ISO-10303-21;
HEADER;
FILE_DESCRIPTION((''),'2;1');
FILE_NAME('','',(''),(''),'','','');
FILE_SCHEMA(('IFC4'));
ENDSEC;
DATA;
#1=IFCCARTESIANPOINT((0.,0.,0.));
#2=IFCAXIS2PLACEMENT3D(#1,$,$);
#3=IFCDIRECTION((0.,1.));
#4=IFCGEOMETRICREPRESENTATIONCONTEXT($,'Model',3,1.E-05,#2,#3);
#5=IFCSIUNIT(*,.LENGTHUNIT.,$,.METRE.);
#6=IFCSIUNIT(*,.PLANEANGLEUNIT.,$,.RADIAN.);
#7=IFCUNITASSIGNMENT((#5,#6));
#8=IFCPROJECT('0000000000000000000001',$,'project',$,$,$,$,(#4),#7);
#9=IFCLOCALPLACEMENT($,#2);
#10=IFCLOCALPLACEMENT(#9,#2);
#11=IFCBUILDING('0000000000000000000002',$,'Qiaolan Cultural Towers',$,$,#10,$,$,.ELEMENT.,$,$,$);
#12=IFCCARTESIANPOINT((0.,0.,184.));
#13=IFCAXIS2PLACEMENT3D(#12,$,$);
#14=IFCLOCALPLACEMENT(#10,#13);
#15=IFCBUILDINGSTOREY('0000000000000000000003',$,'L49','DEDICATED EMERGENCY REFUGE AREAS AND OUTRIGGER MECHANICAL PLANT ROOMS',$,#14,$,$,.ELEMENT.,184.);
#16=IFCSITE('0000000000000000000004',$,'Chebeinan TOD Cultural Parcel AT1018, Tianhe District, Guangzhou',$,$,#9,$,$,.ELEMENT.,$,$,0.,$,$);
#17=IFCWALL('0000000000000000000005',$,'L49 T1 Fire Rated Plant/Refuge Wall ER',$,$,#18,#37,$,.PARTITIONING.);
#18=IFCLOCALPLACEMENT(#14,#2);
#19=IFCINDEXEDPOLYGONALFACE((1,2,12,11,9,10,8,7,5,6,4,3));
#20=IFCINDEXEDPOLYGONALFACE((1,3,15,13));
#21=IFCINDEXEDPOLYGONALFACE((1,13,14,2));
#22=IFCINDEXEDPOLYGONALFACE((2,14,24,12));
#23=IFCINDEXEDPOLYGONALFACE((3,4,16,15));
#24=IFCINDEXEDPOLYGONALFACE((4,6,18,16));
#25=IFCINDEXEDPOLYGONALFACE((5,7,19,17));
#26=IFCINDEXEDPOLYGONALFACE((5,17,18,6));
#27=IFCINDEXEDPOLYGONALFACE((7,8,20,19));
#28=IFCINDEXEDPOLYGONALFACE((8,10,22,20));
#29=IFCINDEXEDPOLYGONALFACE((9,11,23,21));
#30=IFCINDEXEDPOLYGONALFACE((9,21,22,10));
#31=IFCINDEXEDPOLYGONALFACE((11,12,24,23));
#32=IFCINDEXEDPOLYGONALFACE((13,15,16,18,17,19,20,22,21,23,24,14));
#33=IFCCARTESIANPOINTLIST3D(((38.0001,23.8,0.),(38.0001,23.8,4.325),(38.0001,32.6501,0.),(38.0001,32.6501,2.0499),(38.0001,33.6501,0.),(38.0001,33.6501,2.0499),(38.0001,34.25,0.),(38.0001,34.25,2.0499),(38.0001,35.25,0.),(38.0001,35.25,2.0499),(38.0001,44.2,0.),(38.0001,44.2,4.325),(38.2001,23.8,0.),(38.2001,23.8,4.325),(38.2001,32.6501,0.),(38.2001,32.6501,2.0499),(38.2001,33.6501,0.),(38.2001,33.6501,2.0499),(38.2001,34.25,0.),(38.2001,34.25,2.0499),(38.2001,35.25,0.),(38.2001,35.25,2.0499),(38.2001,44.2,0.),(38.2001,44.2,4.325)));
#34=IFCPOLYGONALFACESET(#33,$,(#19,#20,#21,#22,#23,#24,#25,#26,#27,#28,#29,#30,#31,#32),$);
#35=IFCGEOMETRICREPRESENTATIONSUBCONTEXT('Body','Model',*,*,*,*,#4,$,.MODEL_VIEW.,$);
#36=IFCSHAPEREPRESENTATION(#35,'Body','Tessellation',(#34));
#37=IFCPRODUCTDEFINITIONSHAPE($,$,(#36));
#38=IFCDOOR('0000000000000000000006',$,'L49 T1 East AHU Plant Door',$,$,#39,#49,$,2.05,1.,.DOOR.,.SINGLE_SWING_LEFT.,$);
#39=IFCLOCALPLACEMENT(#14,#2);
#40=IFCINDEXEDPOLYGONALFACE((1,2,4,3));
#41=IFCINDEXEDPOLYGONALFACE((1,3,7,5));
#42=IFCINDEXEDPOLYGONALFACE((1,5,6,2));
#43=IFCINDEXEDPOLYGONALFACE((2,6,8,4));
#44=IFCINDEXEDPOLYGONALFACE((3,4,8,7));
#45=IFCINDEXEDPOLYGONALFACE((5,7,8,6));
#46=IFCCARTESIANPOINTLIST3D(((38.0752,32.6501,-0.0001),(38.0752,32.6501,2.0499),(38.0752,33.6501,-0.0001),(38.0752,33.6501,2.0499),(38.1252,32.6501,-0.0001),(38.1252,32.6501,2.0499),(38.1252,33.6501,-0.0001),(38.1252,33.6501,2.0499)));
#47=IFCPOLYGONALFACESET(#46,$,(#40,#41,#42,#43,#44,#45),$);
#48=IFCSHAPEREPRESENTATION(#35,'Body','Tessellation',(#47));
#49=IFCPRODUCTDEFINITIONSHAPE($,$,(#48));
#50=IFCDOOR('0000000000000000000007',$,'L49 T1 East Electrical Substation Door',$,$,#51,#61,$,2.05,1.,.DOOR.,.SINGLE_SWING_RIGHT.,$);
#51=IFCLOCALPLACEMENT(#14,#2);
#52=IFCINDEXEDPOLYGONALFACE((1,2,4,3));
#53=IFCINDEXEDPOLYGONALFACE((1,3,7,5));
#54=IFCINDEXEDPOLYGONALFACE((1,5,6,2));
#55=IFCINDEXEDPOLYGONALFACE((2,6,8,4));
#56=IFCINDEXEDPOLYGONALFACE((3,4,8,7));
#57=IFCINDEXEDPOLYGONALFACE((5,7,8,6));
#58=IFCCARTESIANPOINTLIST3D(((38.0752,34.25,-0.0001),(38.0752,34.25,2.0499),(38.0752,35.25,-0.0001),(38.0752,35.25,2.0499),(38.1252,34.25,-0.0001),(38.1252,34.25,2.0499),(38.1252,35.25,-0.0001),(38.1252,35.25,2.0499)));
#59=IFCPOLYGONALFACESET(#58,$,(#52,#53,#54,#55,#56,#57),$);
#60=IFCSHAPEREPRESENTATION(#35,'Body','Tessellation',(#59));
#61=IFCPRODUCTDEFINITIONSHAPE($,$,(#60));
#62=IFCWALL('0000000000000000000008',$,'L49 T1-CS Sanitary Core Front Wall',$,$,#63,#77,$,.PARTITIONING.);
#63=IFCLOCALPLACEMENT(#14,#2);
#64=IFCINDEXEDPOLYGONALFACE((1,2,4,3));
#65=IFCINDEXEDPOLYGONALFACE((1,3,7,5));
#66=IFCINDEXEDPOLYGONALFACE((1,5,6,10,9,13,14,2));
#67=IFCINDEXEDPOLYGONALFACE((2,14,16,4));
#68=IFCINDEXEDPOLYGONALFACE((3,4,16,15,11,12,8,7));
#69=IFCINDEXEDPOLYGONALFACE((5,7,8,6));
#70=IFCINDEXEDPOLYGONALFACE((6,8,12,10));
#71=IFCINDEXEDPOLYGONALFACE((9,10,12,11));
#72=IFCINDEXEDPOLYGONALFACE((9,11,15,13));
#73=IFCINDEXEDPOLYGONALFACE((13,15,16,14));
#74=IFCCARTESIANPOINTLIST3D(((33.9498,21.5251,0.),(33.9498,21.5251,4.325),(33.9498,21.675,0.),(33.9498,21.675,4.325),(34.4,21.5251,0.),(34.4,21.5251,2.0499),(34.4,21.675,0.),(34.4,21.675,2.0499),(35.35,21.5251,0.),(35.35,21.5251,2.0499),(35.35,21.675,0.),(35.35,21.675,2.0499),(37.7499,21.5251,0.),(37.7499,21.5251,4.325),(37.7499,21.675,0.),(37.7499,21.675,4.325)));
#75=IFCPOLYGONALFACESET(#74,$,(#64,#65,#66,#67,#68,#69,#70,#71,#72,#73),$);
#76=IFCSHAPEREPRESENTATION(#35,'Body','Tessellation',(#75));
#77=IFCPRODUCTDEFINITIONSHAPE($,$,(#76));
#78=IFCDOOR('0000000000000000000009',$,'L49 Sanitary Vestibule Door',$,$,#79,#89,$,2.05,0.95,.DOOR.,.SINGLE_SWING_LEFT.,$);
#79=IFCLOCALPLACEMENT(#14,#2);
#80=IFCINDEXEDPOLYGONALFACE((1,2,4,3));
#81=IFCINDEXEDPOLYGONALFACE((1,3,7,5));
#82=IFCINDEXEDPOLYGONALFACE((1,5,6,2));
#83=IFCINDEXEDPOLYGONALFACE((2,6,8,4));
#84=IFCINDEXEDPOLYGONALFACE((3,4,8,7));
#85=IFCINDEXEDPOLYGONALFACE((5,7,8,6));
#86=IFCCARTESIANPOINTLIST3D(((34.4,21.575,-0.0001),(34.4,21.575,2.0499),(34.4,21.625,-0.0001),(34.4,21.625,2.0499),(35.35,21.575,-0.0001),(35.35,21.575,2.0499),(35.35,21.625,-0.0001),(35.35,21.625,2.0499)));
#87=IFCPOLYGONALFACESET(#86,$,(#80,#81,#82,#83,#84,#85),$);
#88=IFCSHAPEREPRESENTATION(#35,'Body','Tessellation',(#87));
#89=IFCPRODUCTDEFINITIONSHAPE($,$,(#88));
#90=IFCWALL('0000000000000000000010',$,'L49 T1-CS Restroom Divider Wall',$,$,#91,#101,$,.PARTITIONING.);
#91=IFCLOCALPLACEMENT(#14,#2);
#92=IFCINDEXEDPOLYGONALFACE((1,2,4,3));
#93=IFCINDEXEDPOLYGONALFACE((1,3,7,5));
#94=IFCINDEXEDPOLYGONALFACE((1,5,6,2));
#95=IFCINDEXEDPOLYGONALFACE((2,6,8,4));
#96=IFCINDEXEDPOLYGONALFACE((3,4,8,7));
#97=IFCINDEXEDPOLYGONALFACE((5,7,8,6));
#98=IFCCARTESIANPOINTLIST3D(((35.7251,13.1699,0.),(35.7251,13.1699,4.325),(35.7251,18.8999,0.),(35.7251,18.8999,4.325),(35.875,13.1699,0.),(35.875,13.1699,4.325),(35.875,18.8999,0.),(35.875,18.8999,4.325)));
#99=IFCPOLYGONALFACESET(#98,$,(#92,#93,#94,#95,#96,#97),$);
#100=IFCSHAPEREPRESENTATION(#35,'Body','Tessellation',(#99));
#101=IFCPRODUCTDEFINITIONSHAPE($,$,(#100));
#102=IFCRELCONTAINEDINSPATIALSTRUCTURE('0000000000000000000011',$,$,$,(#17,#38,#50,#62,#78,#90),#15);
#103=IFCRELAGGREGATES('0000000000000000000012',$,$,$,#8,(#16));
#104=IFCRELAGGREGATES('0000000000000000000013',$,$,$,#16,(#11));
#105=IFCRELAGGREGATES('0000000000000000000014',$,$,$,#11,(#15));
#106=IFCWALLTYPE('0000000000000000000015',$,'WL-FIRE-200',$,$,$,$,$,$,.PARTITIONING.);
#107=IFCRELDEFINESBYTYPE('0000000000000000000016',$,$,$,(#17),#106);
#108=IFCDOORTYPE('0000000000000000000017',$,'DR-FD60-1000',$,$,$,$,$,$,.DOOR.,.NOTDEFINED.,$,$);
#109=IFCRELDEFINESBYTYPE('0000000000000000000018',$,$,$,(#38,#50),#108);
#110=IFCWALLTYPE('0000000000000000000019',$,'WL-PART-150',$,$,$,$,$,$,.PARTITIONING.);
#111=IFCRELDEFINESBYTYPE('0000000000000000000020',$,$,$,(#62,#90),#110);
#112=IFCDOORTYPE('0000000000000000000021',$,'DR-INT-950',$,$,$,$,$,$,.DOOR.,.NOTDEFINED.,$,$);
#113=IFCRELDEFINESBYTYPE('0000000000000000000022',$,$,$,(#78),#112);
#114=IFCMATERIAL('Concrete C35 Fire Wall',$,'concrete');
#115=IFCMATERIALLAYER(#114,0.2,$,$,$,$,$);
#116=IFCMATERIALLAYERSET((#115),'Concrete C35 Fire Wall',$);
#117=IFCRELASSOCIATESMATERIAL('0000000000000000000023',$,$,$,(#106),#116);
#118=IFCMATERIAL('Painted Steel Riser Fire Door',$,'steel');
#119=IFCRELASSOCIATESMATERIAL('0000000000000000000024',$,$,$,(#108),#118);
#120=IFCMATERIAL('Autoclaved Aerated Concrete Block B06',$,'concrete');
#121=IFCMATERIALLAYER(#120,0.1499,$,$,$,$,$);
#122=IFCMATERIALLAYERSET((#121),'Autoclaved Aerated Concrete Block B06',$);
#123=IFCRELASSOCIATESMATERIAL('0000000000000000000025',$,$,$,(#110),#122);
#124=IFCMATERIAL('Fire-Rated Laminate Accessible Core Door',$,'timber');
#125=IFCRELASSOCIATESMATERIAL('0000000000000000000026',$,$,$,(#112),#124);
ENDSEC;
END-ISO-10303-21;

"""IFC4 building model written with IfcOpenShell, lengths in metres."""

from ifc_helpers import new_model, si_unit, direction, frame, frame_2d, origin, place, context, subcontext, project, spatial, rectangle, extrude, material, layer, layer_set, type_object, element, fill, save


model = new_model("IFC4")

# Units and contexts
model_context = context("Model", 3, precision=1e-05, world=origin(), true_north=direction((0.0, 1.0)))
body_context = subcontext(model_context, "Body", "Model", "MODEL_VIEW")
ifc_project = project(units=[si_unit("LENGTHUNIT", "METRE"), si_unit("PLANEANGLEUNIT", "RADIAN")], contexts=[model_context])

# Site, building, storey
site_placement = place(None, origin())
site = spatial("IfcSite", under=ifc_project, at=site_placement, Name="Chebeinan TOD Cultural Parcel AT1018, Tianhe District, Guangzhou", CompositionType="ELEMENT", RefElevation=0.0)
building_placement = place(site_placement, origin())
building = spatial("IfcBuilding", under=site, at=building_placement, Name="Qiaolan Cultural Towers", CompositionType="ELEMENT")
storey_placement = place(building_placement, frame((0.0, 0.0, 184.0)))
storey = spatial("IfcBuildingStorey", under=building, at=storey_placement, Name="L49", Description="DEDICATED EMERGENCY REFUGE AREAS AND OUTRIGGER MECHANICAL PLANT ROOMS", CompositionType="ELEMENT", Elevation=184.0)

# Shared definitions
ifc_material_1 = material(Name="Concrete C35 Fire Wall", Category="concrete")
ifc_layer_1 = layer(ifc_material_1, 0.2)
ifc_layer_set_1 = layer_set([ifc_layer_1], Name="Concrete C35 Fire Wall")
wall_type_1 = type_object("IfcWallType", Name="WL-FIRE-200", PredefinedType="PARTITIONING", material=ifc_layer_set_1)

# Wall, openings, doors
wall_1_placement = place(storey_placement, frame((38.1001, 23.8, 0.0), z_axis=(0.0, 0.0, 1.0), x_axis=(0.0, 1.0, 0.0)))
wall_1 = element("IfcWall", 1, at=wall_1_placement, inside=storey, type_object=wall_type_1, Name="L49 T1 Fire Rated Plant/Refuge Wall ER", PredefinedType="PARTITIONING", context=body_context, shape_type="SweptSolid", body=[
    extrude(rectangle(XDim=20.3999, YDim=0.2, at=frame_2d((10.2, 0.0))), origin(), (0.0, 0.0, 1.0), 4.325),
])
opening_1_placement = place(wall_1_placement, frame((8.8501, 0.0, 0.0)))
opening_1 = element("IfcOpeningElement", 2, at=opening_1_placement, cuts=wall_1, PredefinedType="OPENING", context=body_context, shape_type="SweptSolid", body=[
    extrude(rectangle(XDim=1.0, YDim=2.05, at=frame_2d((0.5, 1.0249))), frame((0.0, 0.1099, 0.0), z_axis=(0.0, -1.0, 0.0), x_axis=(1.0, 0.0, 0.0)), (0.0, 0.0, 1.0), 0.22),
])
opening_2_placement = place(wall_1_placement, frame((10.45, 0.0, 0.0)))
opening_2 = element("IfcOpeningElement", 3, at=opening_2_placement, cuts=wall_1, PredefinedType="OPENING", context=body_context, shape_type="SweptSolid", body=[
    extrude(rectangle(XDim=1.0, YDim=2.05, at=frame_2d((0.5, 1.0249))), frame((0.0, 0.1099, 0.0), z_axis=(0.0, -1.0, 0.0), x_axis=(1.0, 0.0, 0.0)), (0.0, 0.0, 1.0), 0.22),
])
ifc_material_2 = material(Name="Painted Steel Riser Fire Door", Category="steel")
door_type_1 = type_object("IfcDoorType", Name="DR-FD60-1000", OperationType="NOTDEFINED", PredefinedType="DOOR", material=ifc_material_2)
door_1_placement = place(opening_1_placement, origin())
door_1 = element("IfcDoor", 4, at=door_1_placement, inside=storey, type_object=door_type_1, Name="L49 T1 East AHU Plant Door", OperationType="SINGLE_SWING_LEFT", OverallHeight=2.05, OverallWidth=1.0, PredefinedType="DOOR", context=body_context, shape_type="SweptSolid", body=[
    extrude(rectangle(XDim=1.0, YDim=2.05, at=frame_2d((0.5, 1.0249))), frame((0.0, 0.0249, 0.0), z_axis=(0.0, -1.0, 0.0), x_axis=(1.0, 0.0, 0.0)), (0.0, 0.0, 1.0), 0.05),
])
fill(opening_1, door_1)
door_2_placement = place(opening_2_placement, origin())
door_2 = element("IfcDoor", 5, at=door_2_placement, inside=storey, type_object=door_type_1, Name="L49 T1 East Electrical Substation Door", OperationType="SINGLE_SWING_RIGHT", OverallHeight=2.05, OverallWidth=1.0, PredefinedType="DOOR", context=body_context, shape_type="SweptSolid", body=[
    extrude(rectangle(XDim=1.0, YDim=2.05, at=frame_2d((0.5, 1.0249))), frame((0.0, 0.0249, 0.0), z_axis=(0.0, -1.0, 0.0), x_axis=(1.0, 0.0, 0.0)), (0.0, 0.0, 1.0), 0.05),
])
fill(opening_2, door_2)

# Wall, opening, door
ifc_material_3 = material(Name="Autoclaved Aerated Concrete Block B06", Category="concrete")
ifc_layer_2 = layer(ifc_material_3, 0.1499)
ifc_layer_set_2 = layer_set([ifc_layer_2], Name="Autoclaved Aerated Concrete Block B06")
wall_type_2 = type_object("IfcWallType", Name="WL-PART-150", PredefinedType="PARTITIONING", material=ifc_layer_set_2)
wall_2_placement = place(storey_placement, frame((33.95, 21.6001, 0.0), z_axis=(0.0, 0.0, 1.0), x_axis=(1.0, 0.0, 0.0)))
wall_2 = element("IfcWall", 6, at=wall_2_placement, inside=storey, type_object=wall_type_2, Name="L49 T1-CS Sanitary Core Front Wall", PredefinedType="PARTITIONING", context=body_context, shape_type="SweptSolid", body=[
    extrude(rectangle(XDim=3.8, YDim=0.1499, at=frame_2d((1.8999, 0.0))), origin(), (0.0, 0.0, 1.0), 4.325),
])
opening_3_placement = place(wall_2_placement, frame((0.45, 0.0, 0.0)))
opening_3 = element("IfcOpeningElement", 7, at=opening_3_placement, cuts=wall_2, PredefinedType="OPENING", context=body_context, shape_type="SweptSolid", body=[
    extrude(rectangle(XDim=0.95, YDim=2.05, at=frame_2d((0.4751, 1.0249))), frame((0.0, 0.085, 0.0), z_axis=(0.0, -1.0, 0.0), x_axis=(1.0, 0.0, 0.0)), (0.0, 0.0, 1.0), 0.1699),
])
ifc_material_4 = material(Name="Fire-Rated Laminate Accessible Core Door", Category="timber")
door_type_2 = type_object("IfcDoorType", Name="DR-INT-950", OperationType="NOTDEFINED", PredefinedType="DOOR", material=ifc_material_4)
door_3_placement = place(opening_3_placement, origin())
door_3 = element("IfcDoor", 8, at=door_3_placement, inside=storey, type_object=door_type_2, Name="L49 Sanitary Vestibule Door", OperationType="SINGLE_SWING_LEFT", OverallHeight=2.05, OverallWidth=0.95, PredefinedType="DOOR", context=body_context, shape_type="SweptSolid", body=[
    extrude(rectangle(XDim=0.95, YDim=2.05, at=frame_2d((0.4751, 1.0249))), frame((0.0, 0.0249, 0.0), z_axis=(0.0, -1.0, 0.0), x_axis=(1.0, 0.0, 0.0)), (0.0, 0.0, 1.0), 0.05),
])
fill(opening_3, door_3)

# Wall
wall_3_placement = place(storey_placement, frame((35.8, 18.8999, 0.0), z_axis=(0.0, 0.0, 1.0), x_axis=(0.0, -1.0, 0.0)))
element("IfcWall", 9, at=wall_3_placement, inside=storey, type_object=wall_type_2, Name="L49 T1-CS Restroom Divider Wall", PredefinedType="PARTITIONING", context=body_context, shape_type="SweptSolid", body=[
    extrude(rectangle(XDim=5.73, YDim=0.1499, at=frame_2d((2.865, 0.0))), origin(), (0.0, 0.0, 1.0), 4.325),
])

save(model, "model.ifc")
